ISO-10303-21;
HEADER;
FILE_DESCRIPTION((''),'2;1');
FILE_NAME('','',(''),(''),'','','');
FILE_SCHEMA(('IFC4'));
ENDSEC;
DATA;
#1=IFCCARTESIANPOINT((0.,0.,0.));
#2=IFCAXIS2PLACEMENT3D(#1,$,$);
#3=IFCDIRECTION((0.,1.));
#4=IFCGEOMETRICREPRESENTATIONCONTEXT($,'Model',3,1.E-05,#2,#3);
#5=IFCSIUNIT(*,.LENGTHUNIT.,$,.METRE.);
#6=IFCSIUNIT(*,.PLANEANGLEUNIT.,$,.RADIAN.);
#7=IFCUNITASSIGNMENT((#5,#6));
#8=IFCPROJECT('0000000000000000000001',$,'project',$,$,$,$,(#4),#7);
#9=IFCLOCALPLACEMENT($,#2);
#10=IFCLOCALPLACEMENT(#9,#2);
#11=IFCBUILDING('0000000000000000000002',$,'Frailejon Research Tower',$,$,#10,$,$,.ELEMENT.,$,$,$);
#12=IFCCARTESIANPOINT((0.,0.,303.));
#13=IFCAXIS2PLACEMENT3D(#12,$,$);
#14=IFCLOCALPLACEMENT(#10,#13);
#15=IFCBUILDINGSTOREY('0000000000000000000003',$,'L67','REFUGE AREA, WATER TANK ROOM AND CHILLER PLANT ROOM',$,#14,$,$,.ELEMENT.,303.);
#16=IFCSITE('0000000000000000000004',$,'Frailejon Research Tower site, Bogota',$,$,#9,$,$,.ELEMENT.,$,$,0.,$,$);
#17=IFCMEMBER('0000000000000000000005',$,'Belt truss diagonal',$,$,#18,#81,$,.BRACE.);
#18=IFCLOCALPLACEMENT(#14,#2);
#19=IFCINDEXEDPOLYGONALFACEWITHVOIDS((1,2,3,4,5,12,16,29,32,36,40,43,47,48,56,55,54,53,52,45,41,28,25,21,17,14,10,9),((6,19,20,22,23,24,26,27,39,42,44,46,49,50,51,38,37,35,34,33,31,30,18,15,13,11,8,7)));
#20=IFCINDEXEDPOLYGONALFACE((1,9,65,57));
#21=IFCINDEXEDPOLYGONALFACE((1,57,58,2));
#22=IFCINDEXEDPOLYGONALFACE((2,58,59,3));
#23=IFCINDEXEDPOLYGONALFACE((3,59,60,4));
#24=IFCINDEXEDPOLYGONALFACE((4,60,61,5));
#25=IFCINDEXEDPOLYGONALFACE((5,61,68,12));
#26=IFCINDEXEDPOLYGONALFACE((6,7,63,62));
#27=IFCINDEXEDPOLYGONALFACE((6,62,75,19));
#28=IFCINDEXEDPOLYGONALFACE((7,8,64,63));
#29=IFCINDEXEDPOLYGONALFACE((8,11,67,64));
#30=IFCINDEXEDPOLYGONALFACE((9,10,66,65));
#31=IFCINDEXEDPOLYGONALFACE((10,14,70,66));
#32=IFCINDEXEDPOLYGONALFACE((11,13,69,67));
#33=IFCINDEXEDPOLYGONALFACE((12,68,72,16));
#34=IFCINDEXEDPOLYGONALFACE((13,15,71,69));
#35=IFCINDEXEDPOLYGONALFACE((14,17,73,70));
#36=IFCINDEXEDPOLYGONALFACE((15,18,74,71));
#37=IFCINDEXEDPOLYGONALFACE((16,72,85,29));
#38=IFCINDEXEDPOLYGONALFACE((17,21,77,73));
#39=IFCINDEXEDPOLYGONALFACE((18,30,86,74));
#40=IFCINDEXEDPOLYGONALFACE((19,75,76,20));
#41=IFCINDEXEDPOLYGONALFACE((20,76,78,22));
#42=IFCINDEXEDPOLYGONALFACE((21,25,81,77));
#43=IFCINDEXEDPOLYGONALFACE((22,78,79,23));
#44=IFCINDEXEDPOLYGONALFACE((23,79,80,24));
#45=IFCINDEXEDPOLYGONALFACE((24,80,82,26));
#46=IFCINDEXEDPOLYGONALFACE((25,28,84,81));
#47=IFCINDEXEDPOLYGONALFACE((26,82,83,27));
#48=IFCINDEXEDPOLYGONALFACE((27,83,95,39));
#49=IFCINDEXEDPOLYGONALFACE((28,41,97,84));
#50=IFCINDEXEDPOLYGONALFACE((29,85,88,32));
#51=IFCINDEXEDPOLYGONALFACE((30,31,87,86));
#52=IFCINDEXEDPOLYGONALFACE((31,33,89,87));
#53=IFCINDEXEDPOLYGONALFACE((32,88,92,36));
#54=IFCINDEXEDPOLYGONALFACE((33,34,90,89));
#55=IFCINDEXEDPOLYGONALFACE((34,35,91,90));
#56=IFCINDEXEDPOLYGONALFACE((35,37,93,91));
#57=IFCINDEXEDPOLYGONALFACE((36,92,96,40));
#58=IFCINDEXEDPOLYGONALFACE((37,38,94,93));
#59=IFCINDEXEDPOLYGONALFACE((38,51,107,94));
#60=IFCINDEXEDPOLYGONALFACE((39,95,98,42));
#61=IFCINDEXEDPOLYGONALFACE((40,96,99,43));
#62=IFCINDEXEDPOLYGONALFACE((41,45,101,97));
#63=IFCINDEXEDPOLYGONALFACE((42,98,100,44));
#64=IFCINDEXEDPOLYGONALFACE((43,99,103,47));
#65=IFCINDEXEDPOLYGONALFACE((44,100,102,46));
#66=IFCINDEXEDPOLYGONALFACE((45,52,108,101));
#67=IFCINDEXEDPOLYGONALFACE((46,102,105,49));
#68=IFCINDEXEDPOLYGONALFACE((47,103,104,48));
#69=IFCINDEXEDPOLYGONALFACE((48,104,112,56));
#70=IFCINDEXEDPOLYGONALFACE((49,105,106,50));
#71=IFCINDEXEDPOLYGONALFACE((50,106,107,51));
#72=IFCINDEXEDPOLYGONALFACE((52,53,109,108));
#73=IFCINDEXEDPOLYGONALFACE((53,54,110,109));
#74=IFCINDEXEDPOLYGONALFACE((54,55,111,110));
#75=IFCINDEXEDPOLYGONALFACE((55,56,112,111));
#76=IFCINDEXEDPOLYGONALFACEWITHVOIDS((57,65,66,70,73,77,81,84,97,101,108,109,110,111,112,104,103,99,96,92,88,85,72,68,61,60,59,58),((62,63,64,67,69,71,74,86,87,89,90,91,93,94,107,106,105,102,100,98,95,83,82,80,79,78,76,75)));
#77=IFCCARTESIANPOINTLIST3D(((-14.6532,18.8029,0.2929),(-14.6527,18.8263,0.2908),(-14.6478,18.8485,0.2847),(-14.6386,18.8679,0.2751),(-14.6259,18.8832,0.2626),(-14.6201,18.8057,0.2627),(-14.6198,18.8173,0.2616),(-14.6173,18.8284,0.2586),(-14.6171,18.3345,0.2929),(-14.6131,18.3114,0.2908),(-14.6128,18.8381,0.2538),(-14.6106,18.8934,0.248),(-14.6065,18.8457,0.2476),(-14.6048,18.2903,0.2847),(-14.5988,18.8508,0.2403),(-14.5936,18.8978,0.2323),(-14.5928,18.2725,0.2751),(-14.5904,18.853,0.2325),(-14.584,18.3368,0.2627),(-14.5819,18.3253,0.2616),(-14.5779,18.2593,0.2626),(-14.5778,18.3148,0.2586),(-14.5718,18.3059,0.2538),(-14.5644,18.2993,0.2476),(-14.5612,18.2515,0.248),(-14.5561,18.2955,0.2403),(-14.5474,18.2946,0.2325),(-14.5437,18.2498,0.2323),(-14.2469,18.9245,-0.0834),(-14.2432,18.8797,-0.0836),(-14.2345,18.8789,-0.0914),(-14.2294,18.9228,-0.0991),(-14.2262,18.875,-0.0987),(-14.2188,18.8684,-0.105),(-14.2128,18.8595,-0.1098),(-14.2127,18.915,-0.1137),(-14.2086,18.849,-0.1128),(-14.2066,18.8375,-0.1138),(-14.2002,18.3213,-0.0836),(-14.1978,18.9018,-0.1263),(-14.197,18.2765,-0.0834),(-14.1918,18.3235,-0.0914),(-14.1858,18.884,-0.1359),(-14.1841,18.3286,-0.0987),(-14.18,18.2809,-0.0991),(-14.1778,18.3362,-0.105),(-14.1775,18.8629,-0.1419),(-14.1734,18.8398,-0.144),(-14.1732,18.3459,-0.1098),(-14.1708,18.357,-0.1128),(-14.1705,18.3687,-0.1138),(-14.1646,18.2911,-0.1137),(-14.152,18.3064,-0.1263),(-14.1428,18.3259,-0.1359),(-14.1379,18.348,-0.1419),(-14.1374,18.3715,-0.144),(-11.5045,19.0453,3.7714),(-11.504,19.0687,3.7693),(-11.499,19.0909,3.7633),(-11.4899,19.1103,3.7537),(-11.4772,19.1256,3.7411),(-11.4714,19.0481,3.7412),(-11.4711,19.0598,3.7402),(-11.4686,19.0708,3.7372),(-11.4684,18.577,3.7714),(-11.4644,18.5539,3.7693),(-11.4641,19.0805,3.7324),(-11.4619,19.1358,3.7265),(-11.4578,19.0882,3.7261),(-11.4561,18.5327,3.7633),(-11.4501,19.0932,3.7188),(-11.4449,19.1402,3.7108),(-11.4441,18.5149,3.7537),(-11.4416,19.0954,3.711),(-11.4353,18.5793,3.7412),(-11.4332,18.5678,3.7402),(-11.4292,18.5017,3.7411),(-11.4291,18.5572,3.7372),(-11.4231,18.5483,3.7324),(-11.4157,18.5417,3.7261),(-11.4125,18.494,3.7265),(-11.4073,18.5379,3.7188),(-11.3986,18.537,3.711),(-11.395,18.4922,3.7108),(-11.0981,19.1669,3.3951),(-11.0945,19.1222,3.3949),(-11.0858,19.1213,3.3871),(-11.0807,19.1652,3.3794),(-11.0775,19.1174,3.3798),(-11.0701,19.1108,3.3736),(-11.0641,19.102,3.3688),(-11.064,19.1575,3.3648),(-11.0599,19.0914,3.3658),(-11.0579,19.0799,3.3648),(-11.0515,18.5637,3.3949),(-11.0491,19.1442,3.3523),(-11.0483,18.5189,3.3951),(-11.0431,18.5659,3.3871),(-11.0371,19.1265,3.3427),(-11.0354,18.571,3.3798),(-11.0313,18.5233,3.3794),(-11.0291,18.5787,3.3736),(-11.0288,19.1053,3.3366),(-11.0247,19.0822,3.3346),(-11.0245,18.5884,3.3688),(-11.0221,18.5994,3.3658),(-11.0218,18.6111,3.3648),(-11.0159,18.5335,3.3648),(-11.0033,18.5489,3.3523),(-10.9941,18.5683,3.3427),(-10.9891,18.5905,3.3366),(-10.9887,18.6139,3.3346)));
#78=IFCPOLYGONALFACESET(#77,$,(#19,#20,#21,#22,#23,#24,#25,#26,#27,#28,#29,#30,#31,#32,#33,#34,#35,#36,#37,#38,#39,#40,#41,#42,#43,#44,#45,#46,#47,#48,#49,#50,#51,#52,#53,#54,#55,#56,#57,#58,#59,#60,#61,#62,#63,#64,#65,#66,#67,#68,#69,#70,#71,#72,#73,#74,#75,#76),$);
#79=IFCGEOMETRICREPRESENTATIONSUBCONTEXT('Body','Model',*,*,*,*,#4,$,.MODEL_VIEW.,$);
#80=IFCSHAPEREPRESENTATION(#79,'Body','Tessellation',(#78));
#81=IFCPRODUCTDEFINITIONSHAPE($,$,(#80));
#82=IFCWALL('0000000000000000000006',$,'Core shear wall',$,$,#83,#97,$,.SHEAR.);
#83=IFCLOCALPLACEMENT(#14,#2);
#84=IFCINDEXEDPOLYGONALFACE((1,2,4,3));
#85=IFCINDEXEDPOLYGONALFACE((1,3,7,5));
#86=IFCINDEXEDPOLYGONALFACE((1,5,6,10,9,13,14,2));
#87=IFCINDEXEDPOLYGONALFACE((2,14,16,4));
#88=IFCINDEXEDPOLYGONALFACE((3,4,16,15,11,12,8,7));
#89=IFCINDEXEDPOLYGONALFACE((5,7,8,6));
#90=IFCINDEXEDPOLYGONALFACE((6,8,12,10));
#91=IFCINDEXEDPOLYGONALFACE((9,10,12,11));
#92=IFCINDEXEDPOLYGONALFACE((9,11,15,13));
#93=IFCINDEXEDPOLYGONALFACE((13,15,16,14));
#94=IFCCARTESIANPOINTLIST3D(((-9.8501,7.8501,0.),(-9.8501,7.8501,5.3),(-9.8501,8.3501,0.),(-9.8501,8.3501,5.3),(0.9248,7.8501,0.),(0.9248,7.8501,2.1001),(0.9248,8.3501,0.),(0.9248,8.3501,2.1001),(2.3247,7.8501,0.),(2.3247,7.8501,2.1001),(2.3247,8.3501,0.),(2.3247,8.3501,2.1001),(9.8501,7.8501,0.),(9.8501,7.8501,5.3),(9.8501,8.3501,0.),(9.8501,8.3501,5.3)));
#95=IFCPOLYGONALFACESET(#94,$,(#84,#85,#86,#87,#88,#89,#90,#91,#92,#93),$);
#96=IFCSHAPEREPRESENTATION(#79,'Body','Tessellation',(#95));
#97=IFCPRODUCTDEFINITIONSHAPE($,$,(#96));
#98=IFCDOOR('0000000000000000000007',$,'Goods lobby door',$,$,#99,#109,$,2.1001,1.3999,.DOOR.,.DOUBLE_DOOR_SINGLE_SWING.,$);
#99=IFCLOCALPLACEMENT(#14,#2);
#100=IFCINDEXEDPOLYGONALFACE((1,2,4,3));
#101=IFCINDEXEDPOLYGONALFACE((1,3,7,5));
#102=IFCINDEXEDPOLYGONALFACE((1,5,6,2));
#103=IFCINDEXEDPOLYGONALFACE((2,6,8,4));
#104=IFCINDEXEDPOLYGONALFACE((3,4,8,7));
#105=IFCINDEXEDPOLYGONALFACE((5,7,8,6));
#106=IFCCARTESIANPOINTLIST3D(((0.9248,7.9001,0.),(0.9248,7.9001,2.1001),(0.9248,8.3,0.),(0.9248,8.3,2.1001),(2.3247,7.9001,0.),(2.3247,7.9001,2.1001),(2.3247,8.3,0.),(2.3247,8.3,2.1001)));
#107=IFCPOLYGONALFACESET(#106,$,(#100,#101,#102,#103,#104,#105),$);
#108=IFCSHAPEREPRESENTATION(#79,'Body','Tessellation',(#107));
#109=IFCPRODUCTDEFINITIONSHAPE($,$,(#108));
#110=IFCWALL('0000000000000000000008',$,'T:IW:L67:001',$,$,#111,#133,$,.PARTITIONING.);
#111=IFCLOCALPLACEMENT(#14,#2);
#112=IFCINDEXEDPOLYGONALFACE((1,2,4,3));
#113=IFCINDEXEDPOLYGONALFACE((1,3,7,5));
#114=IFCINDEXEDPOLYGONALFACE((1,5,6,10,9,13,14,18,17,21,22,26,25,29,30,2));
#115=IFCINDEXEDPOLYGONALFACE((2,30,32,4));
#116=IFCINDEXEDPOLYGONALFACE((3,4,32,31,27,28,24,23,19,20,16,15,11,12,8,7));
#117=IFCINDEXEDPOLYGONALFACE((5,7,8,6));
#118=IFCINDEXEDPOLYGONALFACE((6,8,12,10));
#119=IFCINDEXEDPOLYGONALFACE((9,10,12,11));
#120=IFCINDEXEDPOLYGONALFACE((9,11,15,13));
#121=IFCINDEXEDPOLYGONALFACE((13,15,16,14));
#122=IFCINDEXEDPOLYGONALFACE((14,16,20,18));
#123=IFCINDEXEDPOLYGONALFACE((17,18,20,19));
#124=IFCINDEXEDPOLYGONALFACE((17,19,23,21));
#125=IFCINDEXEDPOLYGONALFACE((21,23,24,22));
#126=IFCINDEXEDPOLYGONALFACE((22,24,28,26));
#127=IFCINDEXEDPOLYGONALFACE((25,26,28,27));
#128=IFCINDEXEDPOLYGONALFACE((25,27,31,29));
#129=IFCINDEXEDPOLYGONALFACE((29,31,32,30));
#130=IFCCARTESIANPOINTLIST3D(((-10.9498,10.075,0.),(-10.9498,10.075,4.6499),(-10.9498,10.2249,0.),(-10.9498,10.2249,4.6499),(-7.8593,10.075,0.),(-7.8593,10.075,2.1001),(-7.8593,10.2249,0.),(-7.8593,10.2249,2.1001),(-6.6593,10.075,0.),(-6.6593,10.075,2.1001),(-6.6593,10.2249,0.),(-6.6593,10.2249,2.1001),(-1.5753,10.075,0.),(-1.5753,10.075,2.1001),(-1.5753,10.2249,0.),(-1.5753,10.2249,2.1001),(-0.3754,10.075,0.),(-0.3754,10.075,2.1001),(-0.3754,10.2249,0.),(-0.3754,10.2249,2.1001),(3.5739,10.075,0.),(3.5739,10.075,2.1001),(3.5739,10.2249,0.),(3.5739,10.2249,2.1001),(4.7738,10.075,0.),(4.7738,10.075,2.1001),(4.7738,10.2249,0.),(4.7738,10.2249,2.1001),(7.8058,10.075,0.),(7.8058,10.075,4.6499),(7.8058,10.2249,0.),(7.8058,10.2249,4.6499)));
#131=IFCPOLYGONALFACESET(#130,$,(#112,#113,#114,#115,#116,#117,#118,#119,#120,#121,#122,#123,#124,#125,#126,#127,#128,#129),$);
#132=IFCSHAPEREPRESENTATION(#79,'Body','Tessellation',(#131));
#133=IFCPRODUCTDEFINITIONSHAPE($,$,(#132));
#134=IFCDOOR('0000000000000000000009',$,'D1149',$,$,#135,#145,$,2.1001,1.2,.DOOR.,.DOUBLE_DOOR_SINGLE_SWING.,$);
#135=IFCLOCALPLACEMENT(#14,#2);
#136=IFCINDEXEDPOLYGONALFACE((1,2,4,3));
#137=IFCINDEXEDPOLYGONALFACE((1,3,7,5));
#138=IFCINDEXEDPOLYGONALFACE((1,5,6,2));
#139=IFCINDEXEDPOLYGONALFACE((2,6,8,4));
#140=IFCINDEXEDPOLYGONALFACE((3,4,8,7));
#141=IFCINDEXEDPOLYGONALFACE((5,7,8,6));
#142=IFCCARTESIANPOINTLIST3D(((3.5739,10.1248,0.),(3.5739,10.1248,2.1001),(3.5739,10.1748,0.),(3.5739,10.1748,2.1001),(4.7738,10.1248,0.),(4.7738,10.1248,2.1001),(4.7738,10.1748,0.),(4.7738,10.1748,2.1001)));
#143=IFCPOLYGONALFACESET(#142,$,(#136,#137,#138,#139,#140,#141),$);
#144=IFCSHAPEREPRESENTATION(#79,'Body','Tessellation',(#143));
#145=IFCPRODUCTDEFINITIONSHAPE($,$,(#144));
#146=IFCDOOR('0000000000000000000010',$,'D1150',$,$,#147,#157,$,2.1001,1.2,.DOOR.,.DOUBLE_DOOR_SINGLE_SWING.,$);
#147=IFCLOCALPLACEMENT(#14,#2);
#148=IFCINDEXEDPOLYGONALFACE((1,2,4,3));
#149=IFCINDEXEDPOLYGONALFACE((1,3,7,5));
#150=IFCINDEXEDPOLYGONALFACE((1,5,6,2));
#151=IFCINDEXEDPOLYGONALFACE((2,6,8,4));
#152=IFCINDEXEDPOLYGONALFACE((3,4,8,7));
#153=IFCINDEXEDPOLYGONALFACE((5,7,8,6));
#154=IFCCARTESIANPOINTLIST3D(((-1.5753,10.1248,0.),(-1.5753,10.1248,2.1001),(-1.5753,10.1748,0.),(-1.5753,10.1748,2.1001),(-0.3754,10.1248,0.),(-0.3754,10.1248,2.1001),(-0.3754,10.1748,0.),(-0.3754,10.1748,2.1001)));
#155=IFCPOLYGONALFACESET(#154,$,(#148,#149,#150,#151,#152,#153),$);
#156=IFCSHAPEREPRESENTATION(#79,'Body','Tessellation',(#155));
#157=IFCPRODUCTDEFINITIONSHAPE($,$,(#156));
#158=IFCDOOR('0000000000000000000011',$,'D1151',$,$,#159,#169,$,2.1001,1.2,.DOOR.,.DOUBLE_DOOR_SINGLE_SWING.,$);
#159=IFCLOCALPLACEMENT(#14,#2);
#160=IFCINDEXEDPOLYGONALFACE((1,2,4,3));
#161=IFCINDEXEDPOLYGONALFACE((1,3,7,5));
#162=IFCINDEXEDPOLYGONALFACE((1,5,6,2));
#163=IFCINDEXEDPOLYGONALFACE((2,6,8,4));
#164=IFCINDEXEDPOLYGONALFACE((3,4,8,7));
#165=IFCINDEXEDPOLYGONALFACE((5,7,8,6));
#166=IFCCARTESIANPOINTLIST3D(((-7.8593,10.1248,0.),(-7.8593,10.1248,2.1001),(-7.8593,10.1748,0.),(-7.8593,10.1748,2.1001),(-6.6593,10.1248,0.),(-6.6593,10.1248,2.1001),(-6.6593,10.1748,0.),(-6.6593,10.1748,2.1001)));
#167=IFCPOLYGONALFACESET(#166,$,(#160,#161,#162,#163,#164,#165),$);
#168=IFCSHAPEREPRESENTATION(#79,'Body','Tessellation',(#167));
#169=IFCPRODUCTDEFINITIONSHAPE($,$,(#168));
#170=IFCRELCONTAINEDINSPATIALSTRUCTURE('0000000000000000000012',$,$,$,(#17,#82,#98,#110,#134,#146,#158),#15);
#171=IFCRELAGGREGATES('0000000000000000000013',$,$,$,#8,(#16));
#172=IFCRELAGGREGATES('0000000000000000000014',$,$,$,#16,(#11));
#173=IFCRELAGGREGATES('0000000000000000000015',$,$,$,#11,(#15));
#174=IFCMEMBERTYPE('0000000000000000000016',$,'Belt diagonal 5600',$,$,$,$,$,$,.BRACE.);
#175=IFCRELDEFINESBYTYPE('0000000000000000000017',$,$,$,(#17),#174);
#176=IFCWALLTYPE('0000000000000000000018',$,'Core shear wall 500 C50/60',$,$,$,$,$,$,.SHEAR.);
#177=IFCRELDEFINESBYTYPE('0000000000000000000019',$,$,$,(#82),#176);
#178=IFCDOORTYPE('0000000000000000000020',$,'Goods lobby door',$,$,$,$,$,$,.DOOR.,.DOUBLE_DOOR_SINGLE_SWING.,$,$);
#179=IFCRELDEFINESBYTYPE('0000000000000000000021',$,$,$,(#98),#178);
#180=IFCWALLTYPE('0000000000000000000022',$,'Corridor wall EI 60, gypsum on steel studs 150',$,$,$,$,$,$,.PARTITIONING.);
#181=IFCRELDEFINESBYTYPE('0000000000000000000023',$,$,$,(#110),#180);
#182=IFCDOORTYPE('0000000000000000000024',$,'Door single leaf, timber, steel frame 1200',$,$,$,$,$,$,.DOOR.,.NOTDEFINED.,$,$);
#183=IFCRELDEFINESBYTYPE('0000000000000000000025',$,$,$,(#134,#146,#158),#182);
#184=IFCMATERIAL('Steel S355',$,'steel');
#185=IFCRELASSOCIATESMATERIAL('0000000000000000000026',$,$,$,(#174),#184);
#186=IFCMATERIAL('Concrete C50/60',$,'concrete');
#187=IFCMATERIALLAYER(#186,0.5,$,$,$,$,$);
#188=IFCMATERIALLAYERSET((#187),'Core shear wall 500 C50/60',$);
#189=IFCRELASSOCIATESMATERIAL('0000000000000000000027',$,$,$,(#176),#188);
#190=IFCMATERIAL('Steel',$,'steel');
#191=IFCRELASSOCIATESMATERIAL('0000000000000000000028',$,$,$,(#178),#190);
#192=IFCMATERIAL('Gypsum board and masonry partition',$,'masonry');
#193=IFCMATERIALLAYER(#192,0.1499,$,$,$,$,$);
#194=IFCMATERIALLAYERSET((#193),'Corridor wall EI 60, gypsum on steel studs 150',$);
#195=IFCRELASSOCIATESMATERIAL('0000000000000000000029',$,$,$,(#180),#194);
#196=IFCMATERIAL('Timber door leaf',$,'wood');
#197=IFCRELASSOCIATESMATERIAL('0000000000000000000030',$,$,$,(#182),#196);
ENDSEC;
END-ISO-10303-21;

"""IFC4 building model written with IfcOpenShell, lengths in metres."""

from ifc_helpers import new_model, si_unit, direction, frame, frame_2d, origin, origin_2d, place, context, subcontext, project, spatial, rectangle, hollow_rectangle, extrude, material, layer, layer_set, material_profile, profile_set, type_object, element, fill, save


model = new_model("IFC4")

# Units and contexts
model_context = context("Model", 3, precision=1e-05, world=origin(), true_north=direction((0.0, 1.0)))
body_context = subcontext(model_context, "Body", "Model", "MODEL_VIEW")
ifc_project = project(units=[si_unit("LENGTHUNIT", "METRE"), si_unit("PLANEANGLEUNIT", "RADIAN")], contexts=[model_context])

# Site, building, storey
site_placement = place(None, origin())
site = spatial("IfcSite", under=ifc_project, at=site_placement, Name="Frailejon Research Tower site, Bogota", CompositionType="ELEMENT", RefElevation=0.0)
building_placement = place(site_placement, origin())
building = spatial("IfcBuilding", under=site, at=building_placement, Name="Frailejon Research Tower", CompositionType="ELEMENT")
storey_placement = place(building_placement, frame((0.0, 0.0, 303.0)))
storey = spatial("IfcBuildingStorey", under=building, at=storey_placement, Name="L67", Description="REFUGE AREA, WATER TANK ROOM AND CHILLER PLANT ROOM", CompositionType="ELEMENT", Elevation=303.0)

# Member
ifc_material_1 = material(Name="Steel S355", Category="steel")
ifc_material_profile = material_profile(ifc_material_1, hollow_rectangle(XDim=0.6499, YDim=0.6499, WallThickness=0.0449, InnerFilletRadius=0.0449, OuterFilletRadius=0.0901, at=origin_2d()), Name="Belt diagonal 5600")
ifc_profile_set = profile_set([ifc_material_profile], Name="Steel S355")
member_type = type_object("IfcMemberType", Name="Belt diagonal 5600", PredefinedType="BRACE", material=ifc_profile_set)
member_placement = place(storey_placement, frame((-11.2466, 18.8296, 3.553), z_axis=(-0.67019, -0.051601, -0.740394), x_axis=(0.076767, -0.997049, 0.0)))
element("IfcMember", 1, at=member_placement, inside=storey, type_object=member_type, Name="Belt truss diagonal", PredefinedType="BRACE", context=body_context, shape_type="SweptSolid", body=[
    extrude(hollow_rectangle(XDim=0.6499, YDim=0.6499, WallThickness=0.0449, InnerFilletRadius=0.0449, OuterFilletRadius=0.0901, at=origin_2d()), origin(), (0.0, 0.0, 1.0), 4.6982),
])

# Wall, opening, door
ifc_material_2 = material(Name="Concrete C50/60", Category="concrete")
ifc_layer_1 = layer(ifc_material_2, 0.5)
ifc_layer_set_1 = layer_set([ifc_layer_1], Name="Core shear wall 500 C50/60")
wall_type_1 = type_object("IfcWallType", Name="Core shear wall 500 C50/60", PredefinedType="SHEAR", material=ifc_layer_set_1)
wall_1_placement = place(storey_placement, frame((-9.8501, 8.1001, 0.0), z_axis=(0.0, 0.0, 1.0), x_axis=(1.0, 0.0, 0.0)))
wall_1 = element("IfcWall", 2, at=wall_1_placement, inside=storey, type_object=wall_type_1, Name="Core shear wall", PredefinedType="SHEAR", context=body_context, shape_type="SweptSolid", body=[
    extrude(rectangle(XDim=19.7002, YDim=0.5, at=frame_2d((9.8501, 0.0))), origin(), (0.0, 0.0, 1.0), 5.3),
])
opening_1_placement = place(wall_1_placement, frame((10.7749, 0.0, 0.0)))
opening_1 = element("IfcOpeningElement", 3, at=opening_1_placement, cuts=wall_1, PredefinedType="OPENING", context=body_context, shape_type="SweptSolid", body=[
    extrude(rectangle(XDim=1.3999, YDim=2.1001, at=frame_2d((0.7, 1.05))), frame((0.0, 0.26, 0.0), z_axis=(0.0, -1.0, 0.0), x_axis=(1.0, 0.0, 0.0)), (0.0, 0.0, 1.0), 0.52),
])
ifc_material_3 = material(Name="Steel", Category="steel")
door_type_1 = type_object("IfcDoorType", Name="Goods lobby door", OperationType="DOUBLE_DOOR_SINGLE_SWING", PredefinedType="DOOR", material=ifc_material_3)
door_1_placement = place(opening_1_placement, origin())
door_1 = element("IfcDoor", 4, at=door_1_placement, inside=storey, type_object=door_type_1, Name="Goods lobby door", OperationType="DOUBLE_DOOR_SINGLE_SWING", OverallHeight=2.1001, OverallWidth=1.3999, PredefinedType="DOOR", context=body_context, shape_type="SweptSolid", body=[
    extrude(rectangle(XDim=1.3999, YDim=2.1001, at=frame_2d((0.7, 1.05))), frame((0.0, 0.2, 0.0), z_axis=(0.0, -1.0, 0.0), x_axis=(1.0, 0.0, 0.0)), (0.0, 0.0, 1.0), 0.3999),
])
fill(opening_1, door_1)

# Wall, openings, doors
ifc_material_4 = material(Name="Gypsum board and masonry partition", Category="masonry")
ifc_layer_2 = layer(ifc_material_4, 0.1499)
ifc_layer_set_2 = layer_set([ifc_layer_2], Name="Corridor wall EI 60, gypsum on steel studs 150")
wall_type_2 = type_object("IfcWallType", Name="Corridor wall EI 60, gypsum on steel studs 150", PredefinedType="PARTITIONING", material=ifc_layer_set_2)
wall_2_placement = place(storey_placement, frame((-10.95, 10.1499, 0.0), z_axis=(0.0, 0.0, 1.0), x_axis=(1.0, 0.0, 0.0)))
wall_2 = element("IfcWall", 5, at=wall_2_placement, inside=storey, type_object=wall_type_2, Name="T:IW:L67:001", PredefinedType="PARTITIONING", context=body_context, shape_type="SweptSolid", body=[
    extrude(rectangle(XDim=18.7556, YDim=0.1499, at=frame_2d((9.3779, 0.0))), origin(), (0.0, 0.0, 1.0), 4.6499),
])
opening_2_placement = place(wall_2_placement, frame((14.5237, 0.0, 0.0)))
opening_2 = element("IfcOpeningElement", 6, at=opening_2_placement, cuts=wall_2, PredefinedType="OPENING", context=body_context, shape_type="SweptSolid", body=[
    extrude(rectangle(XDim=1.2, YDim=2.1001, at=frame_2d((0.6001, 1.05))), frame((0.0, 0.085, 0.0), z_axis=(0.0, -1.0, 0.0), x_axis=(1.0, 0.0, 0.0)), (0.0, 0.0, 1.0), 0.1699),
])
opening_3_placement = place(wall_2_placement, frame((9.3745, 0.0, 0.0)))
opening_3 = element("IfcOpeningElement", 7, at=opening_3_placement, cuts=wall_2, PredefinedType="OPENING", context=body_context, shape_type="SweptSolid", body=[
    extrude(rectangle(XDim=1.2, YDim=2.1001, at=frame_2d((0.6001, 1.05))), frame((0.0, 0.085, 0.0), z_axis=(0.0, -1.0, 0.0), x_axis=(1.0, 0.0, 0.0)), (0.0, 0.0, 1.0), 0.1699),
])
opening_4_placement = place(wall_2_placement, frame((3.0906, 0.0, 0.0)))
opening_4 = element("IfcOpeningElement", 8, at=opening_4_placement, cuts=wall_2, PredefinedType="OPENING", context=body_context, shape_type="SweptSolid", body=[
    extrude(rectangle(XDim=1.2, YDim=2.1001, at=frame_2d((0.6001, 1.05))), frame((0.0, 0.085, 0.0), z_axis=(0.0, -1.0, 0.0), x_axis=(1.0, 0.0, 0.0)), (0.0, 0.0, 1.0), 0.1699),
])
ifc_material_5 = material(Name="Timber door leaf", Category="wood")
door_type_2 = type_object("IfcDoorType", Name="Door single leaf, timber, steel frame 1200", OperationType="NOTDEFINED", PredefinedType="DOOR", material=ifc_material_5)
door_2_placement = place(opening_2_placement, origin())
door_2 = element("IfcDoor", 9, at=door_2_placement, inside=storey, type_object=door_type_2, Name="D1149", OperationType="DOUBLE_DOOR_SINGLE_SWING", OverallHeight=2.1001, OverallWidth=1.2, PredefinedType="DOOR", context=body_context, shape_type="SweptSolid", body=[
    extrude(rectangle(XDim=1.2, YDim=2.1001, at=frame_2d((0.6001, 1.05))), frame((0.0, 0.0249, 0.0), z_axis=(0.0, -1.0, 0.0), x_axis=(1.0, 0.0, 0.0)), (0.0, 0.0, 1.0), 0.05),
])
fill(opening_2, door_2)
door_3_placement = place(opening_3_placement, origin())
door_3 = element("IfcDoor", 10, at=door_3_placement, inside=storey, type_object=door_type_2, Name="D1150", OperationType="DOUBLE_DOOR_SINGLE_SWING", OverallHeight=2.1001, OverallWidth=1.2, PredefinedType="DOOR", context=body_context, shape_type="SweptSolid", body=[
    extrude(rectangle(XDim=1.2, YDim=2.1001, at=frame_2d((0.6001, 1.05))), frame((0.0, 0.0249, 0.0), z_axis=(0.0, -1.0, 0.0), x_axis=(1.0, 0.0, 0.0)), (0.0, 0.0, 1.0), 0.05),
])
fill(opening_3, door_3)
door_4_placement = place(opening_4_placement, origin())
door_4 = element("IfcDoor", 11, at=door_4_placement, inside=storey, type_object=door_type_2, Name="D1151", OperationType="DOUBLE_DOOR_SINGLE_SWING", OverallHeight=2.1001, OverallWidth=1.2, PredefinedType="DOOR", context=body_context, shape_type="SweptSolid", body=[
    extrude(rectangle(XDim=1.2, YDim=2.1001, at=frame_2d((0.6001, 1.05))), frame((0.0, 0.0249, 0.0), z_axis=(0.0, -1.0, 0.0), x_axis=(1.0, 0.0, 0.0)), (0.0, 0.0, 1.0), 0.05),
])
fill(opening_4, door_4)

save(model, "model.ifc")
